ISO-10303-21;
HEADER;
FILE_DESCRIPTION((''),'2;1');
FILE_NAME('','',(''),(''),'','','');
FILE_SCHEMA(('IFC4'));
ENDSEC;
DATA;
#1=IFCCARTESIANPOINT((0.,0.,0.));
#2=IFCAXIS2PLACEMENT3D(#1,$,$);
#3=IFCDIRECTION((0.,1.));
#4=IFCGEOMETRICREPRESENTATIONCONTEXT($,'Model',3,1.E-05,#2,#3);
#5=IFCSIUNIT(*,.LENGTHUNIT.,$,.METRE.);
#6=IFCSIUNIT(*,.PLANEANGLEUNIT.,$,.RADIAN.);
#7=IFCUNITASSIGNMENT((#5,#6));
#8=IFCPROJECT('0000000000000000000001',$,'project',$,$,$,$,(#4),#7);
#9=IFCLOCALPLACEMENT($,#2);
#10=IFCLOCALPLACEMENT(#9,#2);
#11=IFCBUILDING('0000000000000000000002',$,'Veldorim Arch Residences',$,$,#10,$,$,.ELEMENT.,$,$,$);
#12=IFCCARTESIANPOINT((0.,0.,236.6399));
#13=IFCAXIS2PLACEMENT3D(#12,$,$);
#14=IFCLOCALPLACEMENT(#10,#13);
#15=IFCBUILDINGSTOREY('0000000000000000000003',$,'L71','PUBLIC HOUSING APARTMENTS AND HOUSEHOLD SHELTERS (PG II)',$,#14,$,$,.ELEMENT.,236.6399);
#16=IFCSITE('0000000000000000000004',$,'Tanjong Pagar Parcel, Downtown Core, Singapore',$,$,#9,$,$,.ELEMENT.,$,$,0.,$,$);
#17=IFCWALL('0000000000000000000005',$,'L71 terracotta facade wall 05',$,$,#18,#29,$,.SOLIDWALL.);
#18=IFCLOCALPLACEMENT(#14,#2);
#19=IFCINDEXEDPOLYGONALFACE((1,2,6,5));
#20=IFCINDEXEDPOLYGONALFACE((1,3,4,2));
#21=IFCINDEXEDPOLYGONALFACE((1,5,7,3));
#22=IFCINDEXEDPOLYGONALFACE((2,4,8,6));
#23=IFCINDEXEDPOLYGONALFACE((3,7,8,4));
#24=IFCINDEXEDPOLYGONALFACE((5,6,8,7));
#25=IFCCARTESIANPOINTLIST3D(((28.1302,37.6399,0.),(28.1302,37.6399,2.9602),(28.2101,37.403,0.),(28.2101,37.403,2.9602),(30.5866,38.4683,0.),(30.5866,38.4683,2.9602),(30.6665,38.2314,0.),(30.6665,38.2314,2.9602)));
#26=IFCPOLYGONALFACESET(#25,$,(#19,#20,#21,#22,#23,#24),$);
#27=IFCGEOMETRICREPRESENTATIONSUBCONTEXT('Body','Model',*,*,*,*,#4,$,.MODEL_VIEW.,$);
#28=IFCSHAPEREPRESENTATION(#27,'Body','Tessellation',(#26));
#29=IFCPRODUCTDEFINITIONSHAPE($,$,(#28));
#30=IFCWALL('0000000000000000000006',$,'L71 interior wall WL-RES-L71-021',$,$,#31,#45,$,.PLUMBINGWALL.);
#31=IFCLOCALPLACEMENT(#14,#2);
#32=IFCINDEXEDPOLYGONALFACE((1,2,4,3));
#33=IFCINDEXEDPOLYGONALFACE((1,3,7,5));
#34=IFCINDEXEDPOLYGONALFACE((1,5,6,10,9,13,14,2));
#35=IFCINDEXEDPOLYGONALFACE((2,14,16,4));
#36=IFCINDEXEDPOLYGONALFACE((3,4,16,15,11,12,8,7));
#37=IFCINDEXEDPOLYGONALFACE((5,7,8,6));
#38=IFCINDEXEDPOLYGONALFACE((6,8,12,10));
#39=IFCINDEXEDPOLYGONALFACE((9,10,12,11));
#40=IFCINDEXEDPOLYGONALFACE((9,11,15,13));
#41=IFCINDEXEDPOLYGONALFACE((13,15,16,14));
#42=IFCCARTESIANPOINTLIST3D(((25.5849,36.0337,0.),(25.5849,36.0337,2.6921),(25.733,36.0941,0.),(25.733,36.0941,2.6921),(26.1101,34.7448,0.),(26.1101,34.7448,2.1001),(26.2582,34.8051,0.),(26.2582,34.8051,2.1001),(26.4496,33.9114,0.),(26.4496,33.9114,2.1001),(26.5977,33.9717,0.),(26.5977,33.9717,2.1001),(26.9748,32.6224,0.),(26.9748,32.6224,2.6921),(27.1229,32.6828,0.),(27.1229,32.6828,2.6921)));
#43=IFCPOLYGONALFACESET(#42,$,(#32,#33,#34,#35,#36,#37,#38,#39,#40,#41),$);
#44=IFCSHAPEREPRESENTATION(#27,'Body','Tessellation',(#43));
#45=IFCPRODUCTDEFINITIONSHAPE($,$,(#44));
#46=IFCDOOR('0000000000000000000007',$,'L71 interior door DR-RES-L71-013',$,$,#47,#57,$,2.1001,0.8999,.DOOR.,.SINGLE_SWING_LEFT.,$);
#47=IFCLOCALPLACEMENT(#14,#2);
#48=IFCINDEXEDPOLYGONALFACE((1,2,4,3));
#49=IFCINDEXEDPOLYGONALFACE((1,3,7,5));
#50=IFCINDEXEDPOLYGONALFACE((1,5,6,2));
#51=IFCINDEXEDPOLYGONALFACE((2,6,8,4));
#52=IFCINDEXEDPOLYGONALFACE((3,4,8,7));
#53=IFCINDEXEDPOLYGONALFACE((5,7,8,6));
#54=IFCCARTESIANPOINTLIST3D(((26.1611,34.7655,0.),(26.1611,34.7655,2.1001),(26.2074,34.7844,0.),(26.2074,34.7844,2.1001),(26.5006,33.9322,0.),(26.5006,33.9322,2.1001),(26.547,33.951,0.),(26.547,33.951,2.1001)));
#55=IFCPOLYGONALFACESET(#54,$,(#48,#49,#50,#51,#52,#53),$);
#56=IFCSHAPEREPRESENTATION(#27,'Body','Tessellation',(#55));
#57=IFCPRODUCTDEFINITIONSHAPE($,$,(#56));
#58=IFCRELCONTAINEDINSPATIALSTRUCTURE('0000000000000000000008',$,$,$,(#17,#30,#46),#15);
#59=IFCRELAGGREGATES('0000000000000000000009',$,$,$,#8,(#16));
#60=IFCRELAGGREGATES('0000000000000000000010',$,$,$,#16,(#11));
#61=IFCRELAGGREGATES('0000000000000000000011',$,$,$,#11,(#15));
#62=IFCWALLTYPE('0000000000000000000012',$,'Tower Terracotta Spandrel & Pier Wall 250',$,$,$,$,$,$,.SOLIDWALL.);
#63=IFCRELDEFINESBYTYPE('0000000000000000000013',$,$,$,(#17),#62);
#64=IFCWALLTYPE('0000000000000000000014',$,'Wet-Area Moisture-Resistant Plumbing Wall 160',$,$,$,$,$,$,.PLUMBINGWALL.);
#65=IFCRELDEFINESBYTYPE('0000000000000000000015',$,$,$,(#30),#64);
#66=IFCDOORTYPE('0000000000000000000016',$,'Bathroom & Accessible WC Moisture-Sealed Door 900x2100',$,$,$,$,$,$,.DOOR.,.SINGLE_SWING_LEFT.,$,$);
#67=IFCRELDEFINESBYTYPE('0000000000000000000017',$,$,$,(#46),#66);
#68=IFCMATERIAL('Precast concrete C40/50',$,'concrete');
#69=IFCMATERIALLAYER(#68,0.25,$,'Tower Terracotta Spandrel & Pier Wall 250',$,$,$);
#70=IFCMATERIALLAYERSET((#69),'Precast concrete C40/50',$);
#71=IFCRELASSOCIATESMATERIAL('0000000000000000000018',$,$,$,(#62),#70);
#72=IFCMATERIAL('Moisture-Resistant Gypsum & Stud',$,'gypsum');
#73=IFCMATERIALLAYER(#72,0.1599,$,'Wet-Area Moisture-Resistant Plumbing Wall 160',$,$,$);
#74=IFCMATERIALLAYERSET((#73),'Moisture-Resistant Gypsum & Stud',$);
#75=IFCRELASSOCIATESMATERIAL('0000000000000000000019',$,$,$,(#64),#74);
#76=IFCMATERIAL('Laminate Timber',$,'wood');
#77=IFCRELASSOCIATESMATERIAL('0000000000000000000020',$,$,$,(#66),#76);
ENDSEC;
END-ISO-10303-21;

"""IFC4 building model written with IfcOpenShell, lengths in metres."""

from ifc_helpers import new_model, si_unit, direction, frame, frame_2d, origin, place, context, subcontext, project, spatial, rectangle, extrude, material, layer, layer_set, type_object, element, fill, save


model = new_model("IFC4")

# Units and contexts
model_context = context("Model", 3, precision=1e-05, world=origin(), true_north=direction((0.0, 1.0)))
body_context = subcontext(model_context, "Body", "Model", "MODEL_VIEW")
ifc_project = project(units=[si_unit("LENGTHUNIT", "METRE"), si_unit("PLANEANGLEUNIT", "RADIAN")], contexts=[model_context])

# Site, building, storey
site_placement = place(None, origin())
site = spatial("IfcSite", under=ifc_project, at=site_placement, Name="Tanjong Pagar Parcel, Downtown Core, Singapore", CompositionType="ELEMENT", RefElevation=0.0)
building_placement = place(site_placement, origin())
building = spatial("IfcBuilding", under=site, at=building_placement, Name="Veldorim Arch Residences", CompositionType="ELEMENT")
storey_placement = place(building_placement, frame((0.0, 0.0, 236.6399)))
storey = spatial("IfcBuildingStorey", under=building, at=storey_placement, Name="L71", Description="PUBLIC HOUSING APARTMENTS AND HOUSEHOLD SHELTERS (PG II)", CompositionType="ELEMENT", Elevation=236.6399)

# Shared definitions
ifc_material_1 = material(Name="Precast concrete C40/50", Category="concrete")
ifc_layer_1 = layer(ifc_material_1, 0.25, Name="Tower Terracotta Spandrel & Pier Wall 250")
ifc_layer_set_1 = layer_set([ifc_layer_1], Name="Precast concrete C40/50")
wall_type_1 = type_object("IfcWallType", Name="Tower Terracotta Spandrel & Pier Wall 250", PredefinedType="SOLIDWALL", material=ifc_layer_set_1)

# Wall
wall_1_placement = place(storey_placement, frame((28.1702, 37.5215, 0.0), z_axis=(0.0, 0.0, 1.0), x_axis=(0.947566, 0.31956, 0.0)))
element("IfcWall", 1, at=wall_1_placement, inside=storey, type_object=wall_type_1, Name="L71 terracotta facade wall 05", PredefinedType="SOLIDWALL", context=body_context, shape_type="SweptSolid", body=[
    extrude(rectangle(XDim=2.5923, YDim=0.25, at=frame_2d((1.2961, 0.0))), origin(), (0.0, 0.0, 1.0), 2.9602),
])

# Wall, opening, door
ifc_material_2 = material(Name="Moisture-Resistant Gypsum & Stud", Category="gypsum")
ifc_layer_2 = layer(ifc_material_2, 0.1599, Name="Wet-Area Moisture-Resistant Plumbing Wall 160")
ifc_layer_set_2 = layer_set([ifc_layer_2], Name="Moisture-Resistant Gypsum & Stud")
wall_type_2 = type_object("IfcWallType", Name="Wet-Area Moisture-Resistant Plumbing Wall 160", PredefinedType="PLUMBINGWALL", material=ifc_layer_set_2)
wall_2_placement = place(storey_placement, frame((27.0488, 32.6526, 0.0), z_axis=(0.0, 0.0, 1.0), x_axis=(-0.377314, 0.926085, 0.0)))
wall_2 = element("IfcWall", 2, at=wall_2_placement, inside=storey, type_object=wall_type_2, Name="L71 interior wall WL-RES-L71-021", PredefinedType="PLUMBINGWALL", context=body_context, shape_type="SweptSolid", body=[
    extrude(rectangle(XDim=3.6836, YDim=0.1599, at=frame_2d((1.8418, 0.0))), origin(), (0.0, 0.0, 1.0), 2.6921),
])
opening_1_placement = place(wall_2_placement, frame((1.3918, 0.0, 0.0)))
opening_1 = element("IfcOpeningElement", 3, at=opening_1_placement, cuts=wall_2, PredefinedType="OPENING", context=body_context, shape_type="SweptSolid", body=[
    extrude(rectangle(XDim=0.8999, YDim=2.1001, at=frame_2d((0.45, 1.05))), frame((0.0, 0.0898, 0.0), z_axis=(0.0, -1.0, 0.0), x_axis=(1.0, 0.0, 0.0)), (0.0, 0.0, 1.0), 0.1799),
])
ifc_material_3 = material(Name="Laminate Timber", Category="wood")
door_type_1 = type_object("IfcDoorType", Name="Bathroom & Accessible WC Moisture-Sealed Door 900x2100", OperationType="SINGLE_SWING_LEFT", PredefinedType="DOOR", material=ifc_material_3)
door_1_placement = place(opening_1_placement, origin())
door_1 = element("IfcDoor", 4, at=door_1_placement, inside=storey, type_object=door_type_1, Name="L71 interior door DR-RES-L71-013", OperationType="SINGLE_SWING_LEFT", OverallHeight=2.1001, OverallWidth=0.8999, PredefinedType="DOOR", context=body_context, shape_type="SweptSolid", body=[
    extrude(rectangle(XDim=0.8999, YDim=2.1001, at=frame_2d((0.45, 1.05))), frame((0.0, 0.0249, 0.0), z_axis=(0.0, -1.0, 0.0), x_axis=(1.0, 0.0, 0.0)), (0.0, 0.0, 1.0), 0.05),
])
fill(opening_1, door_1)

save(model, "model.ifc")
